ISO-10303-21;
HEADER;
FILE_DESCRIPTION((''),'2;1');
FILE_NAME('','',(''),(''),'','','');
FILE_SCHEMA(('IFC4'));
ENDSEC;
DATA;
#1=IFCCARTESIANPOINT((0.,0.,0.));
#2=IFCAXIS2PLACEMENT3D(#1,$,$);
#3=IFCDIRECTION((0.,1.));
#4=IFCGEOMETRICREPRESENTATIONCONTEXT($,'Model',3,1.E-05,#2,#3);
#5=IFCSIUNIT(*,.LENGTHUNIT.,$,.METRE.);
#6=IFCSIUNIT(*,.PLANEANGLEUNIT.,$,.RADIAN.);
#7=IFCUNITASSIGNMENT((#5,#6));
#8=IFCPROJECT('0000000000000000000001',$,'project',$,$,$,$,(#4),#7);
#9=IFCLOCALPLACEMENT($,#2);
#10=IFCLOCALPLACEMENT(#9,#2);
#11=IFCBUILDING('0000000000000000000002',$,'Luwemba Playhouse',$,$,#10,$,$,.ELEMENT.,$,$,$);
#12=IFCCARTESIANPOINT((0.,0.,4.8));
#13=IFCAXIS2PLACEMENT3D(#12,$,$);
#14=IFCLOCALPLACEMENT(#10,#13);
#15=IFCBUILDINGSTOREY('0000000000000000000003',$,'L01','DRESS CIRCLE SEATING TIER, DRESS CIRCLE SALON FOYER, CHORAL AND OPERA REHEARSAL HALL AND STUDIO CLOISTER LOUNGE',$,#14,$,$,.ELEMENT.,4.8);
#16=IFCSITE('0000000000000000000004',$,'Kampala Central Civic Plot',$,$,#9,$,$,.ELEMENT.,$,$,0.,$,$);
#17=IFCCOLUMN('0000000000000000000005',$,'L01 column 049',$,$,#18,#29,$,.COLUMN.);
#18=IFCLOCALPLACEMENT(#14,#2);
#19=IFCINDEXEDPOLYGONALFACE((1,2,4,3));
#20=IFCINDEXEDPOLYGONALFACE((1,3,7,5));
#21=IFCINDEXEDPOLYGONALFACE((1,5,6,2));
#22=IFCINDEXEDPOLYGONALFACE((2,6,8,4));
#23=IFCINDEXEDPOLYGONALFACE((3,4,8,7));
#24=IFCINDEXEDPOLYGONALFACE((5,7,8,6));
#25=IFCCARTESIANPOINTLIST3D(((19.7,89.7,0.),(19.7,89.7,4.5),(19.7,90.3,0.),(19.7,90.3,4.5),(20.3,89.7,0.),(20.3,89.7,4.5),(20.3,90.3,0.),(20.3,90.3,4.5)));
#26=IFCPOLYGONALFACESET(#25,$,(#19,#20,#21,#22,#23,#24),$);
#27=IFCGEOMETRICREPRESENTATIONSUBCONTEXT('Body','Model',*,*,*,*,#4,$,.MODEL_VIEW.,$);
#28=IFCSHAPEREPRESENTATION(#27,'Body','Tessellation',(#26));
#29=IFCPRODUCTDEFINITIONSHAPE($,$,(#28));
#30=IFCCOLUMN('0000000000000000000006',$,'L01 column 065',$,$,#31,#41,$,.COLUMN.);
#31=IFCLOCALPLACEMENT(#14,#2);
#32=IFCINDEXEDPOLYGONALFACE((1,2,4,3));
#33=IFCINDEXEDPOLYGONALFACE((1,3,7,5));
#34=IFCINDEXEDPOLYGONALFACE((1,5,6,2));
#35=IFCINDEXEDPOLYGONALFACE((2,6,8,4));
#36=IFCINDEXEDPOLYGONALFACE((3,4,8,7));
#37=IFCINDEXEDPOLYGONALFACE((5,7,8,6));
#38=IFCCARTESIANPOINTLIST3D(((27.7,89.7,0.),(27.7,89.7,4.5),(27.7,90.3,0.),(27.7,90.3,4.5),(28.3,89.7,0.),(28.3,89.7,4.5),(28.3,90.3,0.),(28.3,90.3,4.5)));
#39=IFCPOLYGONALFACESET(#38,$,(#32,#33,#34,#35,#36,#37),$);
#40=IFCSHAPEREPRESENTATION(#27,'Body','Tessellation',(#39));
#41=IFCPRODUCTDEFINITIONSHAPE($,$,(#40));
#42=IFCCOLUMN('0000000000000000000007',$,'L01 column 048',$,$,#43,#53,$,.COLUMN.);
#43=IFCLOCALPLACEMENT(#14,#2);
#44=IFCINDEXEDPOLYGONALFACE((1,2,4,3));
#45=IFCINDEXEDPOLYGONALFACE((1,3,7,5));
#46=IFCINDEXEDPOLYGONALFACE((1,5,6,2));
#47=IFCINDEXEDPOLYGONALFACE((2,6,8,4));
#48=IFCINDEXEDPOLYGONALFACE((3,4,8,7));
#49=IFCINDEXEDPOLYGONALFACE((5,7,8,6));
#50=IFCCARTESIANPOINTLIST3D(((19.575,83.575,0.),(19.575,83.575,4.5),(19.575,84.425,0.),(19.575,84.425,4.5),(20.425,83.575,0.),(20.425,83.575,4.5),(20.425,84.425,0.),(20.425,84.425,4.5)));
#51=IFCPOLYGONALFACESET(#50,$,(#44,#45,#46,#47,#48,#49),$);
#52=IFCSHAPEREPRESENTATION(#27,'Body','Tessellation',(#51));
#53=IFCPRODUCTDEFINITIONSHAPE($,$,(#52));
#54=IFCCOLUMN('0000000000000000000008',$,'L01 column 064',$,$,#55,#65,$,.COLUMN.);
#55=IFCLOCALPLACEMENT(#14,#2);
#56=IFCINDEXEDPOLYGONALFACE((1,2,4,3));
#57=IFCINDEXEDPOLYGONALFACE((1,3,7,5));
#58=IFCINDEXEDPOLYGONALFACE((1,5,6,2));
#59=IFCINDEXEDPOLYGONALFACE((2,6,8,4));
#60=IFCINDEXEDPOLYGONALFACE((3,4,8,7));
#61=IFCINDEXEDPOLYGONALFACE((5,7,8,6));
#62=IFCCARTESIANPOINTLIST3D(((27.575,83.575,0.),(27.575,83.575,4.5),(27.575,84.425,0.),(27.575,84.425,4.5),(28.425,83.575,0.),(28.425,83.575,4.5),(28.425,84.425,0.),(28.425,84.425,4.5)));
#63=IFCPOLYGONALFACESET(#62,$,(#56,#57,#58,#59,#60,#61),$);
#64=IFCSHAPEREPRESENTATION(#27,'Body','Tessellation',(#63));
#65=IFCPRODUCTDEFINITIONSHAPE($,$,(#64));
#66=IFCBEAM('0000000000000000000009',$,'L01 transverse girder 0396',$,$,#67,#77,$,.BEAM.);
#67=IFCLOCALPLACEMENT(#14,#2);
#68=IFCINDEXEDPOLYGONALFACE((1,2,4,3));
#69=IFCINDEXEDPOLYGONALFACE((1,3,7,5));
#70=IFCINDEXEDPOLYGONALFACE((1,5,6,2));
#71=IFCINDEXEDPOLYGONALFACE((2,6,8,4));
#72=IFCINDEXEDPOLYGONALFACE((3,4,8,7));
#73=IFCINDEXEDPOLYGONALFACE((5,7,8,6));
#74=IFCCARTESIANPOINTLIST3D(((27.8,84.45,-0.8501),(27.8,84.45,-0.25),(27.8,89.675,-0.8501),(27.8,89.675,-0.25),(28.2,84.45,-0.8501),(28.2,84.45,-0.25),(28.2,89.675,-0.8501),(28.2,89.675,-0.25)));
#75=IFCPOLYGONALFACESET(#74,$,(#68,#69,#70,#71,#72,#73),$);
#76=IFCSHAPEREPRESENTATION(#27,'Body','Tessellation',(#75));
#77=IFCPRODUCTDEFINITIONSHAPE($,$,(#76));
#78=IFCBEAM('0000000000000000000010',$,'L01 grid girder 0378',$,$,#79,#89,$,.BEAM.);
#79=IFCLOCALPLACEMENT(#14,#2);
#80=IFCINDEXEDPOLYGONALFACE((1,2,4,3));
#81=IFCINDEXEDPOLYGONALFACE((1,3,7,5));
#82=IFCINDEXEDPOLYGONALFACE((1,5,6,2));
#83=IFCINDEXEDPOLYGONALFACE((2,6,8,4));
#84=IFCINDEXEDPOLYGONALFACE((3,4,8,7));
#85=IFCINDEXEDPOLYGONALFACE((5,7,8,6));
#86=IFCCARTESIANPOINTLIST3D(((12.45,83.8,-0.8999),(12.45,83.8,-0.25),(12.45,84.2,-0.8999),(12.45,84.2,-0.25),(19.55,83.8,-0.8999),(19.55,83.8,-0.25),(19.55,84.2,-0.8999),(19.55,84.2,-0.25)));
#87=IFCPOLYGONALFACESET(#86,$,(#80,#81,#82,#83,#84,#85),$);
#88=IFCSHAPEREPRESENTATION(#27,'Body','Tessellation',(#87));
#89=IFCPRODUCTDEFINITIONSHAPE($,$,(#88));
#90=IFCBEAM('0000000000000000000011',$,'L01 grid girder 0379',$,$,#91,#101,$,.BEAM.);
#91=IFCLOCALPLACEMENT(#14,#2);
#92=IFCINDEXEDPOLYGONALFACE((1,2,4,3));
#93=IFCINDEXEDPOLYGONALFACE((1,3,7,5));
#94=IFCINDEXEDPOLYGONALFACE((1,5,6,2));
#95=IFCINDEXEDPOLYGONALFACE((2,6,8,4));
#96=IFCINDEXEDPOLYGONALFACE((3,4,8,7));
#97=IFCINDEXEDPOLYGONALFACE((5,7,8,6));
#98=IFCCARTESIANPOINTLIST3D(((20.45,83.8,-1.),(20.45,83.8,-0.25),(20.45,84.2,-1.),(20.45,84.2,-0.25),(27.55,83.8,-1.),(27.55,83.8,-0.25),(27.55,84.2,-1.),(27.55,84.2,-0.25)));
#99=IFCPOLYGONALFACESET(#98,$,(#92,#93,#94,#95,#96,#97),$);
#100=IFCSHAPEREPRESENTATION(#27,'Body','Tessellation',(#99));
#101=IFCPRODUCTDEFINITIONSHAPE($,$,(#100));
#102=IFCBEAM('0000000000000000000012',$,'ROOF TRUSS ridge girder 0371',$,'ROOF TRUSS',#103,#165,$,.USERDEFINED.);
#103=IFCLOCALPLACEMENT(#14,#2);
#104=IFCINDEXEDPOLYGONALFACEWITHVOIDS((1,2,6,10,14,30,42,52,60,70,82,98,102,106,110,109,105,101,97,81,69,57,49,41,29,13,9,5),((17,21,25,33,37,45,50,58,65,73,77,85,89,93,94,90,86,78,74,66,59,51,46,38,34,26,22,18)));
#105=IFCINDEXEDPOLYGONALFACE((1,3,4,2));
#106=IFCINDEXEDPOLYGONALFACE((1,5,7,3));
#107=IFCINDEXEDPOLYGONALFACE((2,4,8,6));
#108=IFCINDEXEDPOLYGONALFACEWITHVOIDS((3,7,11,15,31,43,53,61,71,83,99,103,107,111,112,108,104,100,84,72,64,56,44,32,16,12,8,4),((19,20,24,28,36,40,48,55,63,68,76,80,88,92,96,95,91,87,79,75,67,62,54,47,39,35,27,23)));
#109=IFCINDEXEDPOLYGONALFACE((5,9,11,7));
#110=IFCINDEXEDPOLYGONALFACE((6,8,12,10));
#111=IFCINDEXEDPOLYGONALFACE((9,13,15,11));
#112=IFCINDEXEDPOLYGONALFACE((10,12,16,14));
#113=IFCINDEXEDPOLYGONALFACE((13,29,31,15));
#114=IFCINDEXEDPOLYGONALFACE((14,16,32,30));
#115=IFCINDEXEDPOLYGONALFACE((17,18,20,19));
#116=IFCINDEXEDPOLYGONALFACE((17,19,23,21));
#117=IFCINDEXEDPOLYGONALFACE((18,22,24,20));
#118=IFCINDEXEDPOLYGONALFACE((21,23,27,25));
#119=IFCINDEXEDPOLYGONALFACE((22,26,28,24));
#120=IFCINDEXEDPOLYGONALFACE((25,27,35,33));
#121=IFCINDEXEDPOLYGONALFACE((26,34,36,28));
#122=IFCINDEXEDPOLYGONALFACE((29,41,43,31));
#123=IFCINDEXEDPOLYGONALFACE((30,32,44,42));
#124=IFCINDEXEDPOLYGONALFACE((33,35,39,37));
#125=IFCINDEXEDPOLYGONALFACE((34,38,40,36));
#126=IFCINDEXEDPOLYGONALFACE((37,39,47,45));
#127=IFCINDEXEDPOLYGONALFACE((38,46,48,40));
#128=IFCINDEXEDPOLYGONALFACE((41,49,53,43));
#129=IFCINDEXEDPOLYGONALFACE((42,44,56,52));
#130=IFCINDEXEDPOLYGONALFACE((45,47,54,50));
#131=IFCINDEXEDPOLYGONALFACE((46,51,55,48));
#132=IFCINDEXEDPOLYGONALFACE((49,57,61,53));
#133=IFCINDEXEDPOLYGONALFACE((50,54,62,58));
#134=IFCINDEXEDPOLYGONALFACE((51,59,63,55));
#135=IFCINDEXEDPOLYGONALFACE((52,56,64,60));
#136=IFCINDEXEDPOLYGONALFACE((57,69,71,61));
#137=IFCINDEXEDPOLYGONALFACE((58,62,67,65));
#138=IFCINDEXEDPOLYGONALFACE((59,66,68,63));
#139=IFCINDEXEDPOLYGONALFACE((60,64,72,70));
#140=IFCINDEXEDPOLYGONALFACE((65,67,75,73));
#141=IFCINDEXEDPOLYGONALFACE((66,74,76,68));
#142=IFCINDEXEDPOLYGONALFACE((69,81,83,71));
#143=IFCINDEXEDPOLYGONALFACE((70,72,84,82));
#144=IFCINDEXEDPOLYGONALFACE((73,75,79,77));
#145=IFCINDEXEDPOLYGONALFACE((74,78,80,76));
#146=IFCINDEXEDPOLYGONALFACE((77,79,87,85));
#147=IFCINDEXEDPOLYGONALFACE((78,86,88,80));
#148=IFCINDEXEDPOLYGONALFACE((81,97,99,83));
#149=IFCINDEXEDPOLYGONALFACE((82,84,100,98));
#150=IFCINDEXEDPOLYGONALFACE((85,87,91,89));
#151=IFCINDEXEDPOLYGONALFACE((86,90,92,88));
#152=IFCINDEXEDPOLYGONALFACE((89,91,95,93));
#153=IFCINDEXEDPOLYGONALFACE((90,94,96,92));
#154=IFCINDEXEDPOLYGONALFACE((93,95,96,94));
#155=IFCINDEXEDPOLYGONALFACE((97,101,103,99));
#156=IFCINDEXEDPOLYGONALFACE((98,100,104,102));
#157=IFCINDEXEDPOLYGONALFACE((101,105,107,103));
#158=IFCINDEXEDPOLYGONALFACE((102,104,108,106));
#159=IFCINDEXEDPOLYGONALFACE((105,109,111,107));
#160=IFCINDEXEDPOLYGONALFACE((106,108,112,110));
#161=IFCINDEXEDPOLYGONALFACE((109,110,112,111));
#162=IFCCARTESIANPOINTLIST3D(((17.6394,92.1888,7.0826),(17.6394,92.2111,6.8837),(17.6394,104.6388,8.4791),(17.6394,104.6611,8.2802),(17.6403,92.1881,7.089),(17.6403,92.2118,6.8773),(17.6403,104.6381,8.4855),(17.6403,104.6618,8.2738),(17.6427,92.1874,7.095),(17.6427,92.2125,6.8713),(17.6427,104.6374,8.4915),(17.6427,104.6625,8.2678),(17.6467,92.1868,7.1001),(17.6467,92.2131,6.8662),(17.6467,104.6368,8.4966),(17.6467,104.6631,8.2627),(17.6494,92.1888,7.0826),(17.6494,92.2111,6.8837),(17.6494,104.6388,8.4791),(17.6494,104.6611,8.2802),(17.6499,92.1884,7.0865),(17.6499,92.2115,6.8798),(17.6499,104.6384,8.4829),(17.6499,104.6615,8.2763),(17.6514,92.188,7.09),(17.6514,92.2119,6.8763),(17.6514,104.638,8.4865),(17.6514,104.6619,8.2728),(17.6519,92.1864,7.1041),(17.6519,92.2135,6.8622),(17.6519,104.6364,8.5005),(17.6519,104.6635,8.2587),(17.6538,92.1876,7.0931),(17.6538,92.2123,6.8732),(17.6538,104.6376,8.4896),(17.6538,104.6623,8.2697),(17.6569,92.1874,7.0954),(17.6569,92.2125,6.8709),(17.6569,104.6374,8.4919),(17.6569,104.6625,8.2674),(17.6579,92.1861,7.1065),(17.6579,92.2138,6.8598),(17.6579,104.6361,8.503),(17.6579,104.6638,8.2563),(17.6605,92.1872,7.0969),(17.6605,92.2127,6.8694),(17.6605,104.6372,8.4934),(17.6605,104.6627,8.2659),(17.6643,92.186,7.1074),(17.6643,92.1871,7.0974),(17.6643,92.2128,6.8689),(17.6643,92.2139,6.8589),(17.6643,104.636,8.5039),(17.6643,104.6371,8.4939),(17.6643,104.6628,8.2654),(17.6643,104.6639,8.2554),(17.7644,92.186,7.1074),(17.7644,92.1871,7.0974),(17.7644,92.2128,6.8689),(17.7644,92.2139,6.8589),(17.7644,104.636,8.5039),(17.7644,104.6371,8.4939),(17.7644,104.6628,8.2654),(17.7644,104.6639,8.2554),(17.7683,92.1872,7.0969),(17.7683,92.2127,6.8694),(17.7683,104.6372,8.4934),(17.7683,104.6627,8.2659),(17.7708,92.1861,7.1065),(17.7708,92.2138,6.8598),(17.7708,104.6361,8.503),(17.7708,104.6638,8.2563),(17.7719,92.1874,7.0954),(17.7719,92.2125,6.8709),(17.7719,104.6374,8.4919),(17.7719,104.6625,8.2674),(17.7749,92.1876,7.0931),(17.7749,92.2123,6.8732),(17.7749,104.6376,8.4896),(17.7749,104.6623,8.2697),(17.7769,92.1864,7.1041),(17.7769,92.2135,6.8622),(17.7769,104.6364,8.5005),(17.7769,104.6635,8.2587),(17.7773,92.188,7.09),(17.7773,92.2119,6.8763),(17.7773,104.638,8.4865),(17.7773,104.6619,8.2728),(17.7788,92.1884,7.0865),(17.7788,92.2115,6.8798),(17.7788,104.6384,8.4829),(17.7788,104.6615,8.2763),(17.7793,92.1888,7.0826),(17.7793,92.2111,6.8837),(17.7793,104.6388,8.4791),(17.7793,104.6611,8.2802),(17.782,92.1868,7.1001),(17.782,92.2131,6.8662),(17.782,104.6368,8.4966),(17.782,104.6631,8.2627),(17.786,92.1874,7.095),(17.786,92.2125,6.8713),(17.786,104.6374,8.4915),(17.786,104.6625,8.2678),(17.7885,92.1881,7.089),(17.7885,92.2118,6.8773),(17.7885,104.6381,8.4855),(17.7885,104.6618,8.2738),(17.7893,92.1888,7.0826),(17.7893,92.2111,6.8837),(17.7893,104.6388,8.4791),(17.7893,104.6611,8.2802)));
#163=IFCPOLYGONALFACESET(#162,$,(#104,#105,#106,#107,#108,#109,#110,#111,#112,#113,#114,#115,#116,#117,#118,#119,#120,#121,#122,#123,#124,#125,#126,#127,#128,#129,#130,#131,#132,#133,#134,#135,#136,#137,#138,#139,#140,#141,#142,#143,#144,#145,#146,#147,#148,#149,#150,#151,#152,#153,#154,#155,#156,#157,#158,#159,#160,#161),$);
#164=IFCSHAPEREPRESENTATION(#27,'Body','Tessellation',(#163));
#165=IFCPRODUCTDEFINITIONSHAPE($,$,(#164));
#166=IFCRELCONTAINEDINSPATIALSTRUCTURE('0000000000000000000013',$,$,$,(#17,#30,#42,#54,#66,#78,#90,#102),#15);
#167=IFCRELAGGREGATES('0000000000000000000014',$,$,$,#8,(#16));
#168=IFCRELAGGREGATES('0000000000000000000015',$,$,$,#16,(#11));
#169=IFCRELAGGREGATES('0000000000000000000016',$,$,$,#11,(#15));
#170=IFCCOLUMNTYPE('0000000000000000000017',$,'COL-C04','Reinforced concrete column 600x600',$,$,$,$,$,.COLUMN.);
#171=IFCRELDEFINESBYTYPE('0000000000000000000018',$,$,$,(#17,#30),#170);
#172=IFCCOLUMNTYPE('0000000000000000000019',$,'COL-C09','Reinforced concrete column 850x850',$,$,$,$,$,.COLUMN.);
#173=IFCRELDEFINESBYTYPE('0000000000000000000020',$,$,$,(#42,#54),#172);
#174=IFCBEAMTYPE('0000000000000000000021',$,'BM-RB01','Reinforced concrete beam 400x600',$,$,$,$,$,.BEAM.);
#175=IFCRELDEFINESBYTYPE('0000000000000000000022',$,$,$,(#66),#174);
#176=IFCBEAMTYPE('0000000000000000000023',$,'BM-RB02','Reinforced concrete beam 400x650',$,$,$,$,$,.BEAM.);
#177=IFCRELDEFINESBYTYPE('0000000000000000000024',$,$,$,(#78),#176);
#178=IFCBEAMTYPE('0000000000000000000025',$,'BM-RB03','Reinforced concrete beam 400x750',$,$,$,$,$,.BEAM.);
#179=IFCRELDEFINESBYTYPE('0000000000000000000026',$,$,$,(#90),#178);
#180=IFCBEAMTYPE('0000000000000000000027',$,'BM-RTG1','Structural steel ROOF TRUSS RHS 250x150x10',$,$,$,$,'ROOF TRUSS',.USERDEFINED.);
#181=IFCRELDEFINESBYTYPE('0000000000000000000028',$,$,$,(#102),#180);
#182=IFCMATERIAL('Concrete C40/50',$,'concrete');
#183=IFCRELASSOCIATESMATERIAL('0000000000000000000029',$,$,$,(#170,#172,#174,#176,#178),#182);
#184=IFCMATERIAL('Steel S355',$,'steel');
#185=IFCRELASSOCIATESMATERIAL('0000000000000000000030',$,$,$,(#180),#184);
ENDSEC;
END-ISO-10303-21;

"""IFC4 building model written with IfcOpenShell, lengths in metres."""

from ifc_helpers import new_model, si_unit, direction, frame, origin, origin_2d, place, context, subcontext, project, spatial, rectangle, hollow_rectangle, extrude, material, material_profile, profile_set, type_object, element, save


model = new_model("IFC4")

# Units and contexts
model_context = context("Model", 3, precision=1e-05, world=origin(), true_north=direction((0.0, 1.0)))
body_context = subcontext(model_context, "Body", "Model", "MODEL_VIEW")
ifc_project = project(units=[si_unit("LENGTHUNIT", "METRE"), si_unit("PLANEANGLEUNIT", "RADIAN")], contexts=[model_context])

# Site, building, storey
site_placement = place(None, origin())
site = spatial("IfcSite", under=ifc_project, at=site_placement, Name="Kampala Central Civic Plot", CompositionType="ELEMENT", RefElevation=0.0)
building_placement = place(site_placement, origin())
building = spatial("IfcBuilding", under=site, at=building_placement, Name="Luwemba Playhouse", CompositionType="ELEMENT")
storey_placement = place(building_placement, frame((0.0, 0.0, 4.8)))
storey = spatial("IfcBuildingStorey", under=building, at=storey_placement, Name="L01", Description="DRESS CIRCLE SEATING TIER, DRESS CIRCLE SALON FOYER, CHORAL AND OPERA REHEARSAL HALL AND STUDIO CLOISTER LOUNGE", CompositionType="ELEMENT", Elevation=4.8)

# Columns
ifc_material_1 = material(Name="Concrete C40/50", Category="concrete")
ifc_material_profile_1 = material_profile(ifc_material_1, rectangle(XDim=0.6001, YDim=0.6001, at=origin_2d()))
ifc_profile_set_1 = profile_set([ifc_material_profile_1], Name="Concrete C40/50")
column_type_1 = type_object("IfcColumnType", Name="COL-C04", Description="Reinforced concrete column 600x600", PredefinedType="COLUMN", material=ifc_profile_set_1)
for number, where, z_axis, x_axis, name in (
    (1, (20.0, 90.0, 0.0), (0.0, 0.0, 1.0), (1.0, 0.0, 0.0), "L01 column 049"),
    (2, (28.0, 90.0, 0.0), (0.0, 0.0, 1.0), (1.0, 0.0, 0.0), "L01 column 065"),
):
    element("IfcColumn", number, at=place(storey_placement, frame(where, z_axis=z_axis, x_axis=x_axis)), inside=storey, type_object=column_type_1, Name=name, PredefinedType="COLUMN", context=body_context, shape_type="SweptSolid", body=[
        extrude(rectangle(XDim=0.6001, YDim=0.6001, at=origin_2d()), origin(), (0.0, 0.0, 1.0), 4.5),
    ])
ifc_material_profile_2 = material_profile(ifc_material_1, rectangle(XDim=0.8501, YDim=0.8501, at=origin_2d()))
ifc_profile_set_2 = profile_set([ifc_material_profile_2], Name="Concrete C40/50")
column_type_2 = type_object("IfcColumnType", Name="COL-C09", Description="Reinforced concrete column 850x850", PredefinedType="COLUMN", material=ifc_profile_set_2)
for number, where, z_axis, x_axis, name in (
    (3, (20.0, 84.0, 0.0), (0.0, 0.0, 1.0), (1.0, 0.0, 0.0), "L01 column 048"),
    (4, (28.0, 84.0, 0.0), (0.0, 0.0, 1.0), (1.0, 0.0, 0.0), "L01 column 064"),
):
    element("IfcColumn", number, at=place(storey_placement, frame(where, z_axis=z_axis, x_axis=x_axis)), inside=storey, type_object=column_type_2, Name=name, PredefinedType="COLUMN", context=body_context, shape_type="SweptSolid", body=[
        extrude(rectangle(XDim=0.8501, YDim=0.8501, at=origin_2d()), origin(), (0.0, 0.0, 1.0), 4.5),
    ])

# Beams
ifc_material_profile_3 = material_profile(ifc_material_1, rectangle(XDim=0.3999, YDim=0.6001, at=origin_2d()))
ifc_profile_set_3 = profile_set([ifc_material_profile_3], Name="Concrete C40/50")
beam_type_1 = type_object("IfcBeamType", Name="BM-RB01", Description="Reinforced concrete beam 400x600", PredefinedType="BEAM", material=ifc_profile_set_3)
beam_1_placement = place(storey_placement, frame((28.0, 84.45, -0.55), z_axis=(0.0, 1.0, 0.0), x_axis=(-1.0, 0.0, 0.0)))
element("IfcBeam", 5, at=beam_1_placement, inside=storey, type_object=beam_type_1, Name="L01 transverse girder 0396", PredefinedType="BEAM", context=body_context, shape_type="SweptSolid", body=[
    extrude(rectangle(XDim=0.3999, YDim=0.6001, at=origin_2d()), origin(), (0.0, 0.0, 1.0), 5.2251),
])
ifc_material_profile_4 = material_profile(ifc_material_1, rectangle(XDim=0.3999, YDim=0.6499, at=origin_2d()))
ifc_profile_set_4 = profile_set([ifc_material_profile_4], Name="Concrete C40/50")
beam_type_2 = type_object("IfcBeamType", Name="BM-RB02", Description="Reinforced concrete beam 400x650", PredefinedType="BEAM", material=ifc_profile_set_4)
beam_2_placement = place(storey_placement, frame((12.45, 84.0, -0.575), z_axis=(1.0, 0.0, 0.0), x_axis=(0.0, 1.0, 0.0)))
element("IfcBeam", 6, at=beam_2_placement, inside=storey, type_object=beam_type_2, Name="L01 grid girder 0378", PredefinedType="BEAM", context=body_context, shape_type="SweptSolid", body=[
    extrude(rectangle(XDim=0.3999, YDim=0.6499, at=origin_2d()), origin(), (0.0, 0.0, 1.0), 7.1001),
])
ifc_material_profile_5 = material_profile(ifc_material_1, rectangle(XDim=0.3999, YDim=0.75, at=origin_2d()))
ifc_profile_set_5 = profile_set([ifc_material_profile_5], Name="Concrete C40/50")
beam_type_3 = type_object("IfcBeamType", Name="BM-RB03", Description="Reinforced concrete beam 400x750", PredefinedType="BEAM", material=ifc_profile_set_5)
beam_3_placement = place(storey_placement, frame((20.45, 84.0, -0.625), z_axis=(1.0, 0.0, 0.0), x_axis=(0.0, 1.0, 0.0)))
element("IfcBeam", 7, at=beam_3_placement, inside=storey, type_object=beam_type_3, Name="L01 grid girder 0379", PredefinedType="BEAM", context=body_context, shape_type="SweptSolid", body=[
    extrude(rectangle(XDim=0.3999, YDim=0.75, at=origin_2d()), origin(), (0.0, 0.0, 1.0), 7.1001),
])
ifc_material_2 = material(Name="Steel S355", Category="steel")
ifc_material_profile_6 = material_profile(ifc_material_2, hollow_rectangle(XDim=0.1499, YDim=0.25, WallThickness=0.01, InnerFilletRadius=0.0149, OuterFilletRadius=0.0249, at=origin_2d()))
ifc_profile_set_6 = profile_set([ifc_material_profile_6], Name="Steel S355")
beam_type_4 = type_object("IfcBeamType", Name="BM-RTG1", Description="Structural steel ROOF TRUSS RHS 250x150x10", ElementType="ROOF TRUSS", PredefinedType="USERDEFINED", material=ifc_profile_set_6)
beam_4_placement = place(storey_placement, frame((17.7144, 92.2, 6.9832), z_axis=(0.0, 0.993768, 0.111469), x_axis=(-1.0, 0.0, 0.0)))
element("IfcBeam", 8, at=beam_4_placement, inside=storey, type_object=beam_type_4, Name="ROOF TRUSS ridge girder 0371", ObjectType="ROOF TRUSS", PredefinedType="USERDEFINED", context=body_context, shape_type="SweptSolid", body=[
    extrude(hollow_rectangle(XDim=0.1499, YDim=0.25, WallThickness=0.01, InnerFilletRadius=0.0149, OuterFilletRadius=0.0249, at=origin_2d()), origin(), (0.0, 0.0, 1.0), 12.5281),
])

save(model, "model.ifc")
